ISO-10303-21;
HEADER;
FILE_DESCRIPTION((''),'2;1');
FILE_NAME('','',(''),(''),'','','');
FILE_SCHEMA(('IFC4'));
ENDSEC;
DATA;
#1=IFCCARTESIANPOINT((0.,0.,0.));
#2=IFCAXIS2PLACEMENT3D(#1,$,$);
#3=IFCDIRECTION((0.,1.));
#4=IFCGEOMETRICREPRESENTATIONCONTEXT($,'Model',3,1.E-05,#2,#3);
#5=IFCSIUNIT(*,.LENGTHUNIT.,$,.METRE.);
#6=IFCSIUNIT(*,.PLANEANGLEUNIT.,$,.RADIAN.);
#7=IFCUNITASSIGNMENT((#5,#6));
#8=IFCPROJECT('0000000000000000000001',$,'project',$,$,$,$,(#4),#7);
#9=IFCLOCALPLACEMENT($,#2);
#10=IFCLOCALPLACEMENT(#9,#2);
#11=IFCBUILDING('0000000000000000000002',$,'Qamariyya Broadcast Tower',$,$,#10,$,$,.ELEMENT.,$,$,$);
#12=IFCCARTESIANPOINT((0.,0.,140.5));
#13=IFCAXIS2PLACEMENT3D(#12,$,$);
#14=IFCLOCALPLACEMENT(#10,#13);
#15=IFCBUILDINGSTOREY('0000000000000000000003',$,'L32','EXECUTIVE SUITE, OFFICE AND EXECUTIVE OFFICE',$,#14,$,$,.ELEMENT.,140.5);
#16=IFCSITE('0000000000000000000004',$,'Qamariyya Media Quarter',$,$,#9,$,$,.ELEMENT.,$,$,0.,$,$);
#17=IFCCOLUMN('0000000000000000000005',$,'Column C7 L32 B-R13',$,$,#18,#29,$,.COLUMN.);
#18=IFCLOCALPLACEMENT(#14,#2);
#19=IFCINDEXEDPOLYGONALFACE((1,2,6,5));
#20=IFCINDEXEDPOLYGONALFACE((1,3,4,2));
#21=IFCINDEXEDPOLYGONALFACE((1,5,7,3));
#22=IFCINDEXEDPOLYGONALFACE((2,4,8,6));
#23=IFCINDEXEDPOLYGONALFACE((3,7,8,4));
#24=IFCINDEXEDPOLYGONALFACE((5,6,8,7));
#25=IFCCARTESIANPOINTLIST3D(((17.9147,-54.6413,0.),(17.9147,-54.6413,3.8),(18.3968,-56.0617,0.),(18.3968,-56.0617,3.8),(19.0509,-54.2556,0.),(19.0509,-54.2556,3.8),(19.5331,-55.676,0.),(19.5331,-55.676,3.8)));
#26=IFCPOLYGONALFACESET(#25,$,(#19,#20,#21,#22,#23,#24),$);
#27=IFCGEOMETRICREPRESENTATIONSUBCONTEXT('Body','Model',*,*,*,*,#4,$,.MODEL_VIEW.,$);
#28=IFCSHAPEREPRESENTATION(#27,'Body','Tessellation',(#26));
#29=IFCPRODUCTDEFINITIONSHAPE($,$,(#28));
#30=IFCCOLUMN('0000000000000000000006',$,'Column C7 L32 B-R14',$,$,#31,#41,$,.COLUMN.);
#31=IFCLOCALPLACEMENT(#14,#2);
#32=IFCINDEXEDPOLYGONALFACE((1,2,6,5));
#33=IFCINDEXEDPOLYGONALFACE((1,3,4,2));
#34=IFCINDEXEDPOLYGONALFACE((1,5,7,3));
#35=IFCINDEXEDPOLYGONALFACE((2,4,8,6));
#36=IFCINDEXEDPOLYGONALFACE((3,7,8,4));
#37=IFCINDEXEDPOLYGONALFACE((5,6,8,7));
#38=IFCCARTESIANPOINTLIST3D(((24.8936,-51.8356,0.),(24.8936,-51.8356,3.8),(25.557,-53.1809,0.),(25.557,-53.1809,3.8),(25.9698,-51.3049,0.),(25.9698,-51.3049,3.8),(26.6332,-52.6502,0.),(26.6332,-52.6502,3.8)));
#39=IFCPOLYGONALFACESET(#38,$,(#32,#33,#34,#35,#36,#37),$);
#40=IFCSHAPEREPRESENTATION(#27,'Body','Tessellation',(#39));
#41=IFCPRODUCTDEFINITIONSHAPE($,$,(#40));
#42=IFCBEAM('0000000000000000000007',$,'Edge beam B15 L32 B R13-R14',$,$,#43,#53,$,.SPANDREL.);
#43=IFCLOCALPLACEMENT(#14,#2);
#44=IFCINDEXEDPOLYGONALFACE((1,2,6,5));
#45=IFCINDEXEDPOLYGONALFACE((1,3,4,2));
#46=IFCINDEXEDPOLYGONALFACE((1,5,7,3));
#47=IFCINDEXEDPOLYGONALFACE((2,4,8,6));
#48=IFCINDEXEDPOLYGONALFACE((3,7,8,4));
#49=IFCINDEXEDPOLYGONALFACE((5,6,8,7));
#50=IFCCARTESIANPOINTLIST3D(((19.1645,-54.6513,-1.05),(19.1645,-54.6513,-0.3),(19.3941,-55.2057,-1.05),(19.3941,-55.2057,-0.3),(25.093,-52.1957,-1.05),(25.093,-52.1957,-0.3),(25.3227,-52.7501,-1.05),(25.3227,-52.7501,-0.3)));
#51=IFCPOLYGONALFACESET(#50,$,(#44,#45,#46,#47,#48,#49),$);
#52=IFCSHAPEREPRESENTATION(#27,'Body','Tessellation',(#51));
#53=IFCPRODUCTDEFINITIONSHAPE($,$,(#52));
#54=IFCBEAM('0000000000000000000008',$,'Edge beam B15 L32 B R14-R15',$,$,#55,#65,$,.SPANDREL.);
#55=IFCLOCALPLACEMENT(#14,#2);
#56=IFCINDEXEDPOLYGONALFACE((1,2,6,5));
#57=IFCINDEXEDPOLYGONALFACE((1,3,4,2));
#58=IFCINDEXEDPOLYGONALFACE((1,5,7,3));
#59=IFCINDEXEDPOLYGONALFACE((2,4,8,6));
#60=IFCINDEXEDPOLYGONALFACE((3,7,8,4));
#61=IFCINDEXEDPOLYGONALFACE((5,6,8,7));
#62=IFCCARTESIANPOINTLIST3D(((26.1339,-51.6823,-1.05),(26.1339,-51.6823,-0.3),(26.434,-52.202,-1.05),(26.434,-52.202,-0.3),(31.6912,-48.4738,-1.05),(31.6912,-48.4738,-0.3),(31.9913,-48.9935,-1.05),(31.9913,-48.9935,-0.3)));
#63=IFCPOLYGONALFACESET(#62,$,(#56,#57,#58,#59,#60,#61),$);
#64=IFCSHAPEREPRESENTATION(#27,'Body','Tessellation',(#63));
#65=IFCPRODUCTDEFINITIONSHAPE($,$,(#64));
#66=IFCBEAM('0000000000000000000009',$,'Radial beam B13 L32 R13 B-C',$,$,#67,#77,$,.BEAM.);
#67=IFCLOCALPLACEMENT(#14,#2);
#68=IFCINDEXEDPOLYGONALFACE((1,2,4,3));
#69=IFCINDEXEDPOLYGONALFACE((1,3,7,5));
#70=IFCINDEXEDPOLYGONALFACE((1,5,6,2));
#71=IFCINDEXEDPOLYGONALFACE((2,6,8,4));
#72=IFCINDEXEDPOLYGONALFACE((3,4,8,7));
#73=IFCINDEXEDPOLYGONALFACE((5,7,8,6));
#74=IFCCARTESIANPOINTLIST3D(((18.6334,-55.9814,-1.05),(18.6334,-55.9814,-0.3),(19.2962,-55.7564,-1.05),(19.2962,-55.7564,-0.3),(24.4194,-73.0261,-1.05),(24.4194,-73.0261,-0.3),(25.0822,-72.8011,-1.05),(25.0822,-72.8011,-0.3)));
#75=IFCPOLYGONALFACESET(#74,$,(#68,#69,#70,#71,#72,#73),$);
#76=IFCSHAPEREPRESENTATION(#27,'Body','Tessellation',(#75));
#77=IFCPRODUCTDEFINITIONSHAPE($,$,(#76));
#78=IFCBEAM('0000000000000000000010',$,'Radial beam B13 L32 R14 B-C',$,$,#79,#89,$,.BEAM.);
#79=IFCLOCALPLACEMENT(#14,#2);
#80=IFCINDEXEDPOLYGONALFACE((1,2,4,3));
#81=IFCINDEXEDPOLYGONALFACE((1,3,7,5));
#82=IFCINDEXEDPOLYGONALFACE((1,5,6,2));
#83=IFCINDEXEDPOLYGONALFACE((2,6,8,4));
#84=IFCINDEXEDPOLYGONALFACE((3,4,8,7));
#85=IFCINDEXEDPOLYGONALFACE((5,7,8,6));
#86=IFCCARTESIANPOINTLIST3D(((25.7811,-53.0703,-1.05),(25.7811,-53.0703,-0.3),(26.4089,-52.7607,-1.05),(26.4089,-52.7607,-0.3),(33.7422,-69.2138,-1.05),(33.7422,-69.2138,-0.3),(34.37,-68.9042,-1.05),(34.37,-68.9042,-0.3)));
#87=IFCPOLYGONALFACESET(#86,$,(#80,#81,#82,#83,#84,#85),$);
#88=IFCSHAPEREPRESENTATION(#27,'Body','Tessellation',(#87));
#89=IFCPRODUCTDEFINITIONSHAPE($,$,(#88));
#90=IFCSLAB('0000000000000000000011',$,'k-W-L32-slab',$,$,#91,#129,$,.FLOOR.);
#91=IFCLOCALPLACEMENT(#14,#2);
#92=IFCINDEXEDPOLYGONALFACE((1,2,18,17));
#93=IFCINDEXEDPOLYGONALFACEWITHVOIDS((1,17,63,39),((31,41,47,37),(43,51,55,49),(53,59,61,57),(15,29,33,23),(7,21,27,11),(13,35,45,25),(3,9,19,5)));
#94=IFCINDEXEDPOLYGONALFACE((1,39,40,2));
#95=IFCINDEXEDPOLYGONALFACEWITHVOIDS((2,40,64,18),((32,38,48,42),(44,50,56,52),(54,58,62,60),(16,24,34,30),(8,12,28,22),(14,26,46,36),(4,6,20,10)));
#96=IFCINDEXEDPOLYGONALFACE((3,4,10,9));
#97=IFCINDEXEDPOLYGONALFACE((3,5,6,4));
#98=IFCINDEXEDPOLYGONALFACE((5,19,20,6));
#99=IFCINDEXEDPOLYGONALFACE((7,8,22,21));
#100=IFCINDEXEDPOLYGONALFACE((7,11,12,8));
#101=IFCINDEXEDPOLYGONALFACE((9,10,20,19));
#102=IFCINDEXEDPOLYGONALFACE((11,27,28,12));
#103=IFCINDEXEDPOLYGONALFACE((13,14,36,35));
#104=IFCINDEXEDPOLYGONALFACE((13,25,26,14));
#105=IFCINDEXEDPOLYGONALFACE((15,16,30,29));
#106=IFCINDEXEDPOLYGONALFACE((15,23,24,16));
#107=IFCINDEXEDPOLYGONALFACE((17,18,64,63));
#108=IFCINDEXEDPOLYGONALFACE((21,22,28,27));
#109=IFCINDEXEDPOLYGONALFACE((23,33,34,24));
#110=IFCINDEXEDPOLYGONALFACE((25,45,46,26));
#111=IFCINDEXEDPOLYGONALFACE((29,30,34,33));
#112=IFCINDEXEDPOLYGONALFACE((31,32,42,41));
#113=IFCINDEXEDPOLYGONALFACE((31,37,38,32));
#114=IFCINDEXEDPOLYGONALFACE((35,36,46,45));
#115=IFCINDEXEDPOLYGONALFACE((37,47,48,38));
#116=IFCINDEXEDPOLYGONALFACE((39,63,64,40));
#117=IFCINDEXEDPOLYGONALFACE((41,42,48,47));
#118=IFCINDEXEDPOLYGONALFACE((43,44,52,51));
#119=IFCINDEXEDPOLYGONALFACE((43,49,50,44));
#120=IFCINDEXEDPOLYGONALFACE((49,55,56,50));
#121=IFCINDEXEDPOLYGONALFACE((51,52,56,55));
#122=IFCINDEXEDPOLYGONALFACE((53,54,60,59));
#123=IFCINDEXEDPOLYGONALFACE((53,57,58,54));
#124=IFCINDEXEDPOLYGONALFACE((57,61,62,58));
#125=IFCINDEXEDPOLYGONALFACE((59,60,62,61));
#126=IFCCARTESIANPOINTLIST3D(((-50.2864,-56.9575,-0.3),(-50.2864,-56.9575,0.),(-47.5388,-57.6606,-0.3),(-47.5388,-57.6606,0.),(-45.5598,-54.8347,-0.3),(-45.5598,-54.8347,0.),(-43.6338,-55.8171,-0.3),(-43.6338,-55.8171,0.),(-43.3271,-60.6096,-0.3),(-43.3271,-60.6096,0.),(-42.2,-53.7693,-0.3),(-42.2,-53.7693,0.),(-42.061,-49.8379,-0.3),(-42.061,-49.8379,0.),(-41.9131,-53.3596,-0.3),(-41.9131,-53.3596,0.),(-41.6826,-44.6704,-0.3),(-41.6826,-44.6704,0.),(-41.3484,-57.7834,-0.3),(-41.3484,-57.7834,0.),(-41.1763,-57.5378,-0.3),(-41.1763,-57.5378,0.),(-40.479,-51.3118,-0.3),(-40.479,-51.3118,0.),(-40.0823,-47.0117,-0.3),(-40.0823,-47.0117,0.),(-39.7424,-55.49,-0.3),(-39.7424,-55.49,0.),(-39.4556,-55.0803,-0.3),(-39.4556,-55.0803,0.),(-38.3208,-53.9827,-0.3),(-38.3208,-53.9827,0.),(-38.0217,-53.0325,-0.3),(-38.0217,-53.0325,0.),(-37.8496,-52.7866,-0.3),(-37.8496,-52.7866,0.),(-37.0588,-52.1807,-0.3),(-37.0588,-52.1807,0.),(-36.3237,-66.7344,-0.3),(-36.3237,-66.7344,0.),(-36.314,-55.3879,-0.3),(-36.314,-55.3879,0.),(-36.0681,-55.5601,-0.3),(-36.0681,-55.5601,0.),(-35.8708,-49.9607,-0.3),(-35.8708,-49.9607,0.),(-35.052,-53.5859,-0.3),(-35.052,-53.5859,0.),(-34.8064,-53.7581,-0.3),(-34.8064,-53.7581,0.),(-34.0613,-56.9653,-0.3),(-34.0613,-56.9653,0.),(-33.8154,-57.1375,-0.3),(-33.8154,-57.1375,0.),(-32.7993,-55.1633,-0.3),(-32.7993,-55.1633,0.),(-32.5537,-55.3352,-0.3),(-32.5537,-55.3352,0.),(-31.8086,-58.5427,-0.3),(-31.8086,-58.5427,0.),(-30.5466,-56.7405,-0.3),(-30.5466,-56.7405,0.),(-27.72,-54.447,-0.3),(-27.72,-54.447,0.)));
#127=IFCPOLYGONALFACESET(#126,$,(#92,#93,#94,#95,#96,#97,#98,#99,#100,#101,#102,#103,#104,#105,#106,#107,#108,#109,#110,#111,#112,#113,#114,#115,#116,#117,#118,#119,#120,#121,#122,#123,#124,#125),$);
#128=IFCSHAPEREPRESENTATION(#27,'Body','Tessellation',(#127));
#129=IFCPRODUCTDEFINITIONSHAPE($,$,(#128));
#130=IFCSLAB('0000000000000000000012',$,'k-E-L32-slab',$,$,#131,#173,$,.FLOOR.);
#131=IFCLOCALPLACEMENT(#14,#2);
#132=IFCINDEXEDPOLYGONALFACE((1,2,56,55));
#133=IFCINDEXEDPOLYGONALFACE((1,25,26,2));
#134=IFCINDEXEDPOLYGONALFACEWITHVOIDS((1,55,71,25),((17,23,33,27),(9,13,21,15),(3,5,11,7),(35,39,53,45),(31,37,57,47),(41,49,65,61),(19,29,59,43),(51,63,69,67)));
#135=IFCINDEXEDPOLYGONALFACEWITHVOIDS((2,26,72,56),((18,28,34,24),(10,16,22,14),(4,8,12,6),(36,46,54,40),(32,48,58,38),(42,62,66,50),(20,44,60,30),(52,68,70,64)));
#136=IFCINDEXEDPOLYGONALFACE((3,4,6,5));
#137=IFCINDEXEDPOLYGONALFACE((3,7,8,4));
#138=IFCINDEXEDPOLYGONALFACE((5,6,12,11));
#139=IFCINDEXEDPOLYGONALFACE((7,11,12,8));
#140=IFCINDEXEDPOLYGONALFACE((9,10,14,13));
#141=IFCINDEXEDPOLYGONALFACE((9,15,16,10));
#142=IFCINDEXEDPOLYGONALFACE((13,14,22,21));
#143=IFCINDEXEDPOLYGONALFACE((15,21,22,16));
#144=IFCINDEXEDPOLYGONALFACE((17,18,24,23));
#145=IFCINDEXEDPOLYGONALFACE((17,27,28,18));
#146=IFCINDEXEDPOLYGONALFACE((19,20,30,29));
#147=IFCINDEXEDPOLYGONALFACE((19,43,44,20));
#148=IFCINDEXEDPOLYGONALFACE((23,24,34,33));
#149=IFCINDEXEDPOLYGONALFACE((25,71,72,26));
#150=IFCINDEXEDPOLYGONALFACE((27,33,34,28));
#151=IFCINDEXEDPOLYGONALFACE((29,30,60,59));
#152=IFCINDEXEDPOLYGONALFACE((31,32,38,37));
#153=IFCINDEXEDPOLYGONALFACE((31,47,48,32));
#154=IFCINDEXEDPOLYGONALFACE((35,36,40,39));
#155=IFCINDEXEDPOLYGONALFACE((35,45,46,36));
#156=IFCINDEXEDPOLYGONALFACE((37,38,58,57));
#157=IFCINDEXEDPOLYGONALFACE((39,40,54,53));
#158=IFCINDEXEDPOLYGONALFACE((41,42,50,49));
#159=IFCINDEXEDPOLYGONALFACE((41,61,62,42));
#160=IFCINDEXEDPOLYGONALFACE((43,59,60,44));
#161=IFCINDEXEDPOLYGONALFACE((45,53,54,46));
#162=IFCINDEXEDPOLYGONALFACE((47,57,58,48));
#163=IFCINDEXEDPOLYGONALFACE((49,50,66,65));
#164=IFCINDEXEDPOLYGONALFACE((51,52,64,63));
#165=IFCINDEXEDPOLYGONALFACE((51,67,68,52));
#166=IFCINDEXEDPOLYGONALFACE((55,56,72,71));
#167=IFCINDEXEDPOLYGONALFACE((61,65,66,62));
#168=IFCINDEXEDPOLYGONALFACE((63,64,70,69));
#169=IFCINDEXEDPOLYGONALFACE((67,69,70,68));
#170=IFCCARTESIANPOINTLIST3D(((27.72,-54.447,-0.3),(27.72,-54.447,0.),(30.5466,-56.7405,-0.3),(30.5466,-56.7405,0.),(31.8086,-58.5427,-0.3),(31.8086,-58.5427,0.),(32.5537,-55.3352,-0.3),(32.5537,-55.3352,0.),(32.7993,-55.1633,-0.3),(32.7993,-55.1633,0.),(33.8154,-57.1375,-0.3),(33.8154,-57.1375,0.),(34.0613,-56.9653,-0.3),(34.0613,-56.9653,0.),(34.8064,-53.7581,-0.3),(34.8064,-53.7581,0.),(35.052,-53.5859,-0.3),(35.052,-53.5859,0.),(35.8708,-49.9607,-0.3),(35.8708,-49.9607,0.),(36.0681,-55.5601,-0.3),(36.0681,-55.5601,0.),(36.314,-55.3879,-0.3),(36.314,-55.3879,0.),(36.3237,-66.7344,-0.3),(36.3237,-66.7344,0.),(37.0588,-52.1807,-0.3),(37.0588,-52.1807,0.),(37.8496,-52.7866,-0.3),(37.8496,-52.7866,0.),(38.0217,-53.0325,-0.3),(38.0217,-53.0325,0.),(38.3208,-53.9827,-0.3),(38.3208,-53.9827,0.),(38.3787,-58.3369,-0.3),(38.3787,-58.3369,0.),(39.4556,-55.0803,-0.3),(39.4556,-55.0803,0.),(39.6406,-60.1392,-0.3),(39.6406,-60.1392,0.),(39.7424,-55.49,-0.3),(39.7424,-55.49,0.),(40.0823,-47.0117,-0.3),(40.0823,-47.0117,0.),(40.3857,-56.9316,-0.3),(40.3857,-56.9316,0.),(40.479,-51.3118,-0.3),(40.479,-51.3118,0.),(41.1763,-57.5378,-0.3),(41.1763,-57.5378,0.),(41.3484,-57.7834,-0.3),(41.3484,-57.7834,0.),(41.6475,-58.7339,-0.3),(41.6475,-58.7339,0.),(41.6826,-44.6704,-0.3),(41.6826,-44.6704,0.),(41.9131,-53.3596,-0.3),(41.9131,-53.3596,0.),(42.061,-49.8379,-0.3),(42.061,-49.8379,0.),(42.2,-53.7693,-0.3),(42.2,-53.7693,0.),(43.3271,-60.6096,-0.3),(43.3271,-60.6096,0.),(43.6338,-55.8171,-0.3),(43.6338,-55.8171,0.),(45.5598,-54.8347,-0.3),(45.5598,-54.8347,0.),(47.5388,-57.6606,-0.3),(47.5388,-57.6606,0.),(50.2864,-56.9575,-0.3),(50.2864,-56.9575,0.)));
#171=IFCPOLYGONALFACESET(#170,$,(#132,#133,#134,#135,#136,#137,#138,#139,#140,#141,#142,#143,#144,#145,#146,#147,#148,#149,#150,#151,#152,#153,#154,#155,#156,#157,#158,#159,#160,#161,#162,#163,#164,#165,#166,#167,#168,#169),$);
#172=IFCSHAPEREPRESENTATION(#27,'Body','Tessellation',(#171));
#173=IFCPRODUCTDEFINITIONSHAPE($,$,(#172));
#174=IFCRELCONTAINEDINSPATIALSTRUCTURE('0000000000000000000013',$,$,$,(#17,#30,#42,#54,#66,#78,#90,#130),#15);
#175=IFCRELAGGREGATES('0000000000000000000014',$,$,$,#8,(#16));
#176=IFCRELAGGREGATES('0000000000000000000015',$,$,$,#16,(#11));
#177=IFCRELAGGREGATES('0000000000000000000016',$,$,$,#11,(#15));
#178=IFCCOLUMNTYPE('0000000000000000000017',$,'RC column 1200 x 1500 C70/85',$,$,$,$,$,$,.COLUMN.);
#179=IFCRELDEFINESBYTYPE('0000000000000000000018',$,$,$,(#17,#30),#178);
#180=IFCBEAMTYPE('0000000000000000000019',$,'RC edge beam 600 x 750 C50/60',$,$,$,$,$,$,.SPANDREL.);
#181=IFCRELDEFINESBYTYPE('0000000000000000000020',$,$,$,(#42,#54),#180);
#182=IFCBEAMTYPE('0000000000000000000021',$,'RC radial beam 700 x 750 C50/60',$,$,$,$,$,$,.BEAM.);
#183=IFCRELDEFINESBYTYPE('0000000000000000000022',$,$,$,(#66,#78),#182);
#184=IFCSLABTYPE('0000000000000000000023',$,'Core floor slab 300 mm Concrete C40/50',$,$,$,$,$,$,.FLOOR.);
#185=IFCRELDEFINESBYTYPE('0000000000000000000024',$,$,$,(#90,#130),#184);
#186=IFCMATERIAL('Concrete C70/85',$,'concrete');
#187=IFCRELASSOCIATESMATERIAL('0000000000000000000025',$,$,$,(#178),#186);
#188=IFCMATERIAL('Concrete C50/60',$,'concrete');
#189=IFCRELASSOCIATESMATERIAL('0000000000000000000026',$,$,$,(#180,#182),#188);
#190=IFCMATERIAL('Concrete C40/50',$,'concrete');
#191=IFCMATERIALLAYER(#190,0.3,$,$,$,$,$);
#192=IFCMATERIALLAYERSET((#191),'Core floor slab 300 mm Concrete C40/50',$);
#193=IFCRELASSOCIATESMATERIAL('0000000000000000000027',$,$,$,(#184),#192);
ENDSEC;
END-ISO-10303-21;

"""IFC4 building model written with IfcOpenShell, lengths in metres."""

from ifc_helpers import new_model, si_unit, direction, frame, origin, origin_2d, place, context, subcontext, project, spatial, polyline, rectangle, outline, extrude, material, layer, layer_set, material_profile, profile_set, type_object, element, save


model = new_model("IFC4")

# Units and contexts
model_context = context("Model", 3, precision=1e-05, world=origin(), true_north=direction((0.0, 1.0)))
body_context = subcontext(model_context, "Body", "Model", "MODEL_VIEW")
ifc_project = project(units=[si_unit("LENGTHUNIT", "METRE"), si_unit("PLANEANGLEUNIT", "RADIAN")], contexts=[model_context])

# Site, building, storey
site_placement = place(None, origin())
site = spatial("IfcSite", under=ifc_project, at=site_placement, Name="Qamariyya Media Quarter", CompositionType="ELEMENT", RefElevation=0.0)
building_placement = place(site_placement, origin())
building = spatial("IfcBuilding", under=site, at=building_placement, Name="Qamariyya Broadcast Tower", CompositionType="ELEMENT")
storey_placement = place(building_placement, frame((0.0, 0.0, 140.5)))
storey = spatial("IfcBuildingStorey", under=building, at=storey_placement, Name="L32", Description="EXECUTIVE SUITE, OFFICE AND EXECUTIVE OFFICE", CompositionType="ELEMENT", Elevation=140.5)

# Columns
ifc_material_1 = material(Name="Concrete C70/85", Category="concrete")
ifc_material_profile_1 = material_profile(ifc_material_1, rectangle(XDim=1.2, YDim=1.5, at=origin_2d()))
ifc_profile_set_1 = profile_set([ifc_material_profile_1], Name="Concrete C70/85")
column_type = type_object("IfcColumnType", Name="RC column 1200 x 1500 C70/85", PredefinedType="COLUMN", material=ifc_profile_set_1)
for number, where, z_axis, x_axis, name in (
    (1, (18.7239, -55.1587, 0.0), (0.0, 0.0, 1.0), (0.94693, 0.321439, 0.0), "Column C7 L32 B-R13"),
    (2, (25.7634, -52.2429, 0.0), (0.0, 0.0, 1.0), (0.896873, 0.442289, 0.0), "Column C7 L32 B-R14"),
):
    element("IfcColumn", number, at=place(storey_placement, frame(where, z_axis=z_axis, x_axis=x_axis)), inside=storey, type_object=column_type, Name=name, PredefinedType="COLUMN", context=body_context, shape_type="SweptSolid", body=[
        extrude(rectangle(XDim=1.2, YDim=1.5, at=origin_2d()), origin(), (0.0, 0.0, 1.0), 3.8),
    ])

# Beams
ifc_material_2 = material(Name="Concrete C50/60", Category="concrete")
ifc_material_profile_2 = material_profile(ifc_material_2, rectangle(XDim=0.6001, YDim=0.75, at=origin_2d()))
ifc_profile_set_2 = profile_set([ifc_material_profile_2], Name="Concrete C50/60")
beam_type_1 = type_object("IfcBeamType", Name="RC edge beam 600 x 750 C50/60", PredefinedType="SPANDREL", material=ifc_profile_set_2)
for number, where, z_axis, x_axis, name in (
    (3, (19.2793, -54.9285, -0.675), (0.923884, 0.382672, 0.0), (-0.382672, 0.923884, 0.0), "Edge beam B15 L32 B R13-R14"),
    (4, (26.2839, -51.9421, -0.675), (0.866029, 0.499994, 0.0), (-0.499994, 0.866029, 0.0), "Edge beam B15 L32 B R14-R15"),
):
    element("IfcBeam", number, at=place(storey_placement, frame(where, z_axis=z_axis, x_axis=x_axis)), inside=storey, type_object=beam_type_1, Name=name, PredefinedType="SPANDREL", context=body_context, shape_type="SweptSolid", body=[
        extrude(rectangle(XDim=0.6001, YDim=0.75, at=origin_2d()), origin(), (0.0, 0.0, 1.0), 6.417),
    ])
ifc_material_profile_3 = material_profile(ifc_material_2, rectangle(XDim=0.7, YDim=0.75, at=origin_2d()))
ifc_profile_set_3 = profile_set([ifc_material_profile_3], Name="Concrete C50/60")
beam_type_2 = type_object("IfcBeamType", Name="RC radial beam 700 x 750 C50/60", PredefinedType="BEAM", material=ifc_profile_set_3)
beam_1_placement = place(storey_placement, frame((18.9648, -55.8689, -0.675), z_axis=(0.321439, -0.94693, 0.0), x_axis=(0.94693, 0.321439, 0.0)))
element("IfcBeam", 5, at=beam_1_placement, inside=storey, type_object=beam_type_2, Name="Radial beam B13 L32 R13 B-C", PredefinedType="BEAM", context=body_context, shape_type="SweptSolid", body=[
    extrude(rectangle(XDim=0.7, YDim=0.75, at=origin_2d()), origin(), (0.0, 0.0, 1.0), 18.0),
])
beam_2_placement = place(storey_placement, frame((26.095, -52.9155, -0.675), z_axis=(0.442291, -0.896871, 0.0), x_axis=(0.896871, 0.442291, 0.0)))
element("IfcBeam", 6, at=beam_2_placement, inside=storey, type_object=beam_type_2, Name="Radial beam B13 L32 R14 B-C", PredefinedType="BEAM", context=body_context, shape_type="SweptSolid", body=[
    extrude(rectangle(XDim=0.7, YDim=0.75, at=origin_2d()), origin(), (0.0, 0.0, 1.0), 17.9998),
])

# Slabs
ifc_material_3 = material(Name="Concrete C40/50", Category="concrete")
ifc_layer_1 = layer(ifc_material_3, 0.3)
ifc_layer_set_1 = layer_set([ifc_layer_1], Name="Core floor slab 300 mm Concrete C40/50")
slab_type_1 = type_object("IfcSlabType", Name="Core floor slab 300 mm Concrete C40/50", PredefinedType="FLOOR", material=ifc_layer_set_1)
slab_1_placement = place(storey_placement, frame((0.0, 0.0, -0.3)))
element("IfcSlab", 7, at=slab_1_placement, inside=storey, type_object=slab_type_1, Name="k-W-L32-slab", PredefinedType="FLOOR", context=body_context, shape_type="SweptSolid", body=[
    extrude(outline(polyline([(-50.2864, -56.9575), (-36.3237, -66.7344), (-27.72, -54.447), (-41.6826, -44.6704), (-50.2864, -56.9575)]), holes=[polyline([(-31.8086, -58.5427), (-33.8154, -57.1375), (-32.5537, -55.3352), (-30.5466, -56.7405), (-31.8086, -58.5427)]), polyline([(-34.0613, -56.9653), (-36.0681, -55.5601), (-34.8064, -53.7581), (-32.7993, -55.1633), (-34.0613, -56.9653)]), polyline([(-36.314, -55.3879), (-38.3208, -53.9827), (-37.0588, -52.1807), (-35.052, -53.5859), (-36.314, -55.3879)]), polyline([(-39.7424, -55.49), (-42.2, -53.7693), (-43.6338, -55.8171), (-41.1763, -57.5378), (-39.7424, -55.49)]), polyline([(-39.4556, -55.0803), (-41.9131, -53.3596), (-40.479, -51.3118), (-38.0217, -53.0325), (-39.4556, -55.0803)]), polyline([(-42.061, -49.8379), (-37.8496, -52.7866), (-35.8708, -49.9607), (-40.0823, -47.0117), (-42.061, -49.8379)]), polyline([(-47.5388, -57.6606), (-43.3271, -60.6096), (-41.3484, -57.7834), (-45.5598, -54.8347), (-47.5388, -57.6606)])]), origin(), (0.0, 0.0, 1.0), 0.3),
])
slab_2_placement = place(storey_placement, frame((0.0, 0.0, -0.3)))
element("IfcSlab", 8, at=slab_2_placement, inside=storey, type_object=slab_type_1, Name="k-E-L32-slab", PredefinedType="FLOOR", context=body_context, shape_type="SweptSolid", body=[
    extrude(outline(polyline([(36.3237, -66.7344), (50.2864, -56.9575), (41.6826, -44.6704), (27.72, -54.447), (36.3237, -66.7344)]), holes=[polyline([(31.8086, -58.5427), (33.8154, -57.1375), (32.5537, -55.3352), (30.5466, -56.7405), (31.8086, -58.5427)]), polyline([(34.0613, -56.9653), (36.0681, -55.5601), (34.8064, -53.7581), (32.7993, -55.1633), (34.0613, -56.9653)]), polyline([(36.314, -55.3879), (38.3208, -53.9827), (37.0588, -52.1807), (35.052, -53.5859), (36.314, -55.3879)]), polyline([(38.3787, -58.3369), (40.3857, -56.9316), (41.6475, -58.7339), (39.6406, -60.1392), (38.3787, -58.3369)]), polyline([(39.7424, -55.49), (42.2, -53.7693), (43.6338, -55.8171), (41.1763, -57.5378), (39.7424, -55.49)]), polyline([(39.4556, -55.0803), (41.9131, -53.3596), (40.479, -51.3118), (38.0217, -53.0325), (39.4556, -55.0803)]), polyline([(40.0823, -47.0117), (35.8708, -49.9607), (37.8496, -52.7866), (42.061, -49.8379), (40.0823, -47.0117)]), polyline([(45.5598, -54.8347), (41.3484, -57.7834), (43.3271, -60.6096), (47.5388, -57.6606), (45.5598, -54.8347)])]), origin(), (0.0, 0.0, 1.0), 0.3),
])

save(model, "model.ifc")
